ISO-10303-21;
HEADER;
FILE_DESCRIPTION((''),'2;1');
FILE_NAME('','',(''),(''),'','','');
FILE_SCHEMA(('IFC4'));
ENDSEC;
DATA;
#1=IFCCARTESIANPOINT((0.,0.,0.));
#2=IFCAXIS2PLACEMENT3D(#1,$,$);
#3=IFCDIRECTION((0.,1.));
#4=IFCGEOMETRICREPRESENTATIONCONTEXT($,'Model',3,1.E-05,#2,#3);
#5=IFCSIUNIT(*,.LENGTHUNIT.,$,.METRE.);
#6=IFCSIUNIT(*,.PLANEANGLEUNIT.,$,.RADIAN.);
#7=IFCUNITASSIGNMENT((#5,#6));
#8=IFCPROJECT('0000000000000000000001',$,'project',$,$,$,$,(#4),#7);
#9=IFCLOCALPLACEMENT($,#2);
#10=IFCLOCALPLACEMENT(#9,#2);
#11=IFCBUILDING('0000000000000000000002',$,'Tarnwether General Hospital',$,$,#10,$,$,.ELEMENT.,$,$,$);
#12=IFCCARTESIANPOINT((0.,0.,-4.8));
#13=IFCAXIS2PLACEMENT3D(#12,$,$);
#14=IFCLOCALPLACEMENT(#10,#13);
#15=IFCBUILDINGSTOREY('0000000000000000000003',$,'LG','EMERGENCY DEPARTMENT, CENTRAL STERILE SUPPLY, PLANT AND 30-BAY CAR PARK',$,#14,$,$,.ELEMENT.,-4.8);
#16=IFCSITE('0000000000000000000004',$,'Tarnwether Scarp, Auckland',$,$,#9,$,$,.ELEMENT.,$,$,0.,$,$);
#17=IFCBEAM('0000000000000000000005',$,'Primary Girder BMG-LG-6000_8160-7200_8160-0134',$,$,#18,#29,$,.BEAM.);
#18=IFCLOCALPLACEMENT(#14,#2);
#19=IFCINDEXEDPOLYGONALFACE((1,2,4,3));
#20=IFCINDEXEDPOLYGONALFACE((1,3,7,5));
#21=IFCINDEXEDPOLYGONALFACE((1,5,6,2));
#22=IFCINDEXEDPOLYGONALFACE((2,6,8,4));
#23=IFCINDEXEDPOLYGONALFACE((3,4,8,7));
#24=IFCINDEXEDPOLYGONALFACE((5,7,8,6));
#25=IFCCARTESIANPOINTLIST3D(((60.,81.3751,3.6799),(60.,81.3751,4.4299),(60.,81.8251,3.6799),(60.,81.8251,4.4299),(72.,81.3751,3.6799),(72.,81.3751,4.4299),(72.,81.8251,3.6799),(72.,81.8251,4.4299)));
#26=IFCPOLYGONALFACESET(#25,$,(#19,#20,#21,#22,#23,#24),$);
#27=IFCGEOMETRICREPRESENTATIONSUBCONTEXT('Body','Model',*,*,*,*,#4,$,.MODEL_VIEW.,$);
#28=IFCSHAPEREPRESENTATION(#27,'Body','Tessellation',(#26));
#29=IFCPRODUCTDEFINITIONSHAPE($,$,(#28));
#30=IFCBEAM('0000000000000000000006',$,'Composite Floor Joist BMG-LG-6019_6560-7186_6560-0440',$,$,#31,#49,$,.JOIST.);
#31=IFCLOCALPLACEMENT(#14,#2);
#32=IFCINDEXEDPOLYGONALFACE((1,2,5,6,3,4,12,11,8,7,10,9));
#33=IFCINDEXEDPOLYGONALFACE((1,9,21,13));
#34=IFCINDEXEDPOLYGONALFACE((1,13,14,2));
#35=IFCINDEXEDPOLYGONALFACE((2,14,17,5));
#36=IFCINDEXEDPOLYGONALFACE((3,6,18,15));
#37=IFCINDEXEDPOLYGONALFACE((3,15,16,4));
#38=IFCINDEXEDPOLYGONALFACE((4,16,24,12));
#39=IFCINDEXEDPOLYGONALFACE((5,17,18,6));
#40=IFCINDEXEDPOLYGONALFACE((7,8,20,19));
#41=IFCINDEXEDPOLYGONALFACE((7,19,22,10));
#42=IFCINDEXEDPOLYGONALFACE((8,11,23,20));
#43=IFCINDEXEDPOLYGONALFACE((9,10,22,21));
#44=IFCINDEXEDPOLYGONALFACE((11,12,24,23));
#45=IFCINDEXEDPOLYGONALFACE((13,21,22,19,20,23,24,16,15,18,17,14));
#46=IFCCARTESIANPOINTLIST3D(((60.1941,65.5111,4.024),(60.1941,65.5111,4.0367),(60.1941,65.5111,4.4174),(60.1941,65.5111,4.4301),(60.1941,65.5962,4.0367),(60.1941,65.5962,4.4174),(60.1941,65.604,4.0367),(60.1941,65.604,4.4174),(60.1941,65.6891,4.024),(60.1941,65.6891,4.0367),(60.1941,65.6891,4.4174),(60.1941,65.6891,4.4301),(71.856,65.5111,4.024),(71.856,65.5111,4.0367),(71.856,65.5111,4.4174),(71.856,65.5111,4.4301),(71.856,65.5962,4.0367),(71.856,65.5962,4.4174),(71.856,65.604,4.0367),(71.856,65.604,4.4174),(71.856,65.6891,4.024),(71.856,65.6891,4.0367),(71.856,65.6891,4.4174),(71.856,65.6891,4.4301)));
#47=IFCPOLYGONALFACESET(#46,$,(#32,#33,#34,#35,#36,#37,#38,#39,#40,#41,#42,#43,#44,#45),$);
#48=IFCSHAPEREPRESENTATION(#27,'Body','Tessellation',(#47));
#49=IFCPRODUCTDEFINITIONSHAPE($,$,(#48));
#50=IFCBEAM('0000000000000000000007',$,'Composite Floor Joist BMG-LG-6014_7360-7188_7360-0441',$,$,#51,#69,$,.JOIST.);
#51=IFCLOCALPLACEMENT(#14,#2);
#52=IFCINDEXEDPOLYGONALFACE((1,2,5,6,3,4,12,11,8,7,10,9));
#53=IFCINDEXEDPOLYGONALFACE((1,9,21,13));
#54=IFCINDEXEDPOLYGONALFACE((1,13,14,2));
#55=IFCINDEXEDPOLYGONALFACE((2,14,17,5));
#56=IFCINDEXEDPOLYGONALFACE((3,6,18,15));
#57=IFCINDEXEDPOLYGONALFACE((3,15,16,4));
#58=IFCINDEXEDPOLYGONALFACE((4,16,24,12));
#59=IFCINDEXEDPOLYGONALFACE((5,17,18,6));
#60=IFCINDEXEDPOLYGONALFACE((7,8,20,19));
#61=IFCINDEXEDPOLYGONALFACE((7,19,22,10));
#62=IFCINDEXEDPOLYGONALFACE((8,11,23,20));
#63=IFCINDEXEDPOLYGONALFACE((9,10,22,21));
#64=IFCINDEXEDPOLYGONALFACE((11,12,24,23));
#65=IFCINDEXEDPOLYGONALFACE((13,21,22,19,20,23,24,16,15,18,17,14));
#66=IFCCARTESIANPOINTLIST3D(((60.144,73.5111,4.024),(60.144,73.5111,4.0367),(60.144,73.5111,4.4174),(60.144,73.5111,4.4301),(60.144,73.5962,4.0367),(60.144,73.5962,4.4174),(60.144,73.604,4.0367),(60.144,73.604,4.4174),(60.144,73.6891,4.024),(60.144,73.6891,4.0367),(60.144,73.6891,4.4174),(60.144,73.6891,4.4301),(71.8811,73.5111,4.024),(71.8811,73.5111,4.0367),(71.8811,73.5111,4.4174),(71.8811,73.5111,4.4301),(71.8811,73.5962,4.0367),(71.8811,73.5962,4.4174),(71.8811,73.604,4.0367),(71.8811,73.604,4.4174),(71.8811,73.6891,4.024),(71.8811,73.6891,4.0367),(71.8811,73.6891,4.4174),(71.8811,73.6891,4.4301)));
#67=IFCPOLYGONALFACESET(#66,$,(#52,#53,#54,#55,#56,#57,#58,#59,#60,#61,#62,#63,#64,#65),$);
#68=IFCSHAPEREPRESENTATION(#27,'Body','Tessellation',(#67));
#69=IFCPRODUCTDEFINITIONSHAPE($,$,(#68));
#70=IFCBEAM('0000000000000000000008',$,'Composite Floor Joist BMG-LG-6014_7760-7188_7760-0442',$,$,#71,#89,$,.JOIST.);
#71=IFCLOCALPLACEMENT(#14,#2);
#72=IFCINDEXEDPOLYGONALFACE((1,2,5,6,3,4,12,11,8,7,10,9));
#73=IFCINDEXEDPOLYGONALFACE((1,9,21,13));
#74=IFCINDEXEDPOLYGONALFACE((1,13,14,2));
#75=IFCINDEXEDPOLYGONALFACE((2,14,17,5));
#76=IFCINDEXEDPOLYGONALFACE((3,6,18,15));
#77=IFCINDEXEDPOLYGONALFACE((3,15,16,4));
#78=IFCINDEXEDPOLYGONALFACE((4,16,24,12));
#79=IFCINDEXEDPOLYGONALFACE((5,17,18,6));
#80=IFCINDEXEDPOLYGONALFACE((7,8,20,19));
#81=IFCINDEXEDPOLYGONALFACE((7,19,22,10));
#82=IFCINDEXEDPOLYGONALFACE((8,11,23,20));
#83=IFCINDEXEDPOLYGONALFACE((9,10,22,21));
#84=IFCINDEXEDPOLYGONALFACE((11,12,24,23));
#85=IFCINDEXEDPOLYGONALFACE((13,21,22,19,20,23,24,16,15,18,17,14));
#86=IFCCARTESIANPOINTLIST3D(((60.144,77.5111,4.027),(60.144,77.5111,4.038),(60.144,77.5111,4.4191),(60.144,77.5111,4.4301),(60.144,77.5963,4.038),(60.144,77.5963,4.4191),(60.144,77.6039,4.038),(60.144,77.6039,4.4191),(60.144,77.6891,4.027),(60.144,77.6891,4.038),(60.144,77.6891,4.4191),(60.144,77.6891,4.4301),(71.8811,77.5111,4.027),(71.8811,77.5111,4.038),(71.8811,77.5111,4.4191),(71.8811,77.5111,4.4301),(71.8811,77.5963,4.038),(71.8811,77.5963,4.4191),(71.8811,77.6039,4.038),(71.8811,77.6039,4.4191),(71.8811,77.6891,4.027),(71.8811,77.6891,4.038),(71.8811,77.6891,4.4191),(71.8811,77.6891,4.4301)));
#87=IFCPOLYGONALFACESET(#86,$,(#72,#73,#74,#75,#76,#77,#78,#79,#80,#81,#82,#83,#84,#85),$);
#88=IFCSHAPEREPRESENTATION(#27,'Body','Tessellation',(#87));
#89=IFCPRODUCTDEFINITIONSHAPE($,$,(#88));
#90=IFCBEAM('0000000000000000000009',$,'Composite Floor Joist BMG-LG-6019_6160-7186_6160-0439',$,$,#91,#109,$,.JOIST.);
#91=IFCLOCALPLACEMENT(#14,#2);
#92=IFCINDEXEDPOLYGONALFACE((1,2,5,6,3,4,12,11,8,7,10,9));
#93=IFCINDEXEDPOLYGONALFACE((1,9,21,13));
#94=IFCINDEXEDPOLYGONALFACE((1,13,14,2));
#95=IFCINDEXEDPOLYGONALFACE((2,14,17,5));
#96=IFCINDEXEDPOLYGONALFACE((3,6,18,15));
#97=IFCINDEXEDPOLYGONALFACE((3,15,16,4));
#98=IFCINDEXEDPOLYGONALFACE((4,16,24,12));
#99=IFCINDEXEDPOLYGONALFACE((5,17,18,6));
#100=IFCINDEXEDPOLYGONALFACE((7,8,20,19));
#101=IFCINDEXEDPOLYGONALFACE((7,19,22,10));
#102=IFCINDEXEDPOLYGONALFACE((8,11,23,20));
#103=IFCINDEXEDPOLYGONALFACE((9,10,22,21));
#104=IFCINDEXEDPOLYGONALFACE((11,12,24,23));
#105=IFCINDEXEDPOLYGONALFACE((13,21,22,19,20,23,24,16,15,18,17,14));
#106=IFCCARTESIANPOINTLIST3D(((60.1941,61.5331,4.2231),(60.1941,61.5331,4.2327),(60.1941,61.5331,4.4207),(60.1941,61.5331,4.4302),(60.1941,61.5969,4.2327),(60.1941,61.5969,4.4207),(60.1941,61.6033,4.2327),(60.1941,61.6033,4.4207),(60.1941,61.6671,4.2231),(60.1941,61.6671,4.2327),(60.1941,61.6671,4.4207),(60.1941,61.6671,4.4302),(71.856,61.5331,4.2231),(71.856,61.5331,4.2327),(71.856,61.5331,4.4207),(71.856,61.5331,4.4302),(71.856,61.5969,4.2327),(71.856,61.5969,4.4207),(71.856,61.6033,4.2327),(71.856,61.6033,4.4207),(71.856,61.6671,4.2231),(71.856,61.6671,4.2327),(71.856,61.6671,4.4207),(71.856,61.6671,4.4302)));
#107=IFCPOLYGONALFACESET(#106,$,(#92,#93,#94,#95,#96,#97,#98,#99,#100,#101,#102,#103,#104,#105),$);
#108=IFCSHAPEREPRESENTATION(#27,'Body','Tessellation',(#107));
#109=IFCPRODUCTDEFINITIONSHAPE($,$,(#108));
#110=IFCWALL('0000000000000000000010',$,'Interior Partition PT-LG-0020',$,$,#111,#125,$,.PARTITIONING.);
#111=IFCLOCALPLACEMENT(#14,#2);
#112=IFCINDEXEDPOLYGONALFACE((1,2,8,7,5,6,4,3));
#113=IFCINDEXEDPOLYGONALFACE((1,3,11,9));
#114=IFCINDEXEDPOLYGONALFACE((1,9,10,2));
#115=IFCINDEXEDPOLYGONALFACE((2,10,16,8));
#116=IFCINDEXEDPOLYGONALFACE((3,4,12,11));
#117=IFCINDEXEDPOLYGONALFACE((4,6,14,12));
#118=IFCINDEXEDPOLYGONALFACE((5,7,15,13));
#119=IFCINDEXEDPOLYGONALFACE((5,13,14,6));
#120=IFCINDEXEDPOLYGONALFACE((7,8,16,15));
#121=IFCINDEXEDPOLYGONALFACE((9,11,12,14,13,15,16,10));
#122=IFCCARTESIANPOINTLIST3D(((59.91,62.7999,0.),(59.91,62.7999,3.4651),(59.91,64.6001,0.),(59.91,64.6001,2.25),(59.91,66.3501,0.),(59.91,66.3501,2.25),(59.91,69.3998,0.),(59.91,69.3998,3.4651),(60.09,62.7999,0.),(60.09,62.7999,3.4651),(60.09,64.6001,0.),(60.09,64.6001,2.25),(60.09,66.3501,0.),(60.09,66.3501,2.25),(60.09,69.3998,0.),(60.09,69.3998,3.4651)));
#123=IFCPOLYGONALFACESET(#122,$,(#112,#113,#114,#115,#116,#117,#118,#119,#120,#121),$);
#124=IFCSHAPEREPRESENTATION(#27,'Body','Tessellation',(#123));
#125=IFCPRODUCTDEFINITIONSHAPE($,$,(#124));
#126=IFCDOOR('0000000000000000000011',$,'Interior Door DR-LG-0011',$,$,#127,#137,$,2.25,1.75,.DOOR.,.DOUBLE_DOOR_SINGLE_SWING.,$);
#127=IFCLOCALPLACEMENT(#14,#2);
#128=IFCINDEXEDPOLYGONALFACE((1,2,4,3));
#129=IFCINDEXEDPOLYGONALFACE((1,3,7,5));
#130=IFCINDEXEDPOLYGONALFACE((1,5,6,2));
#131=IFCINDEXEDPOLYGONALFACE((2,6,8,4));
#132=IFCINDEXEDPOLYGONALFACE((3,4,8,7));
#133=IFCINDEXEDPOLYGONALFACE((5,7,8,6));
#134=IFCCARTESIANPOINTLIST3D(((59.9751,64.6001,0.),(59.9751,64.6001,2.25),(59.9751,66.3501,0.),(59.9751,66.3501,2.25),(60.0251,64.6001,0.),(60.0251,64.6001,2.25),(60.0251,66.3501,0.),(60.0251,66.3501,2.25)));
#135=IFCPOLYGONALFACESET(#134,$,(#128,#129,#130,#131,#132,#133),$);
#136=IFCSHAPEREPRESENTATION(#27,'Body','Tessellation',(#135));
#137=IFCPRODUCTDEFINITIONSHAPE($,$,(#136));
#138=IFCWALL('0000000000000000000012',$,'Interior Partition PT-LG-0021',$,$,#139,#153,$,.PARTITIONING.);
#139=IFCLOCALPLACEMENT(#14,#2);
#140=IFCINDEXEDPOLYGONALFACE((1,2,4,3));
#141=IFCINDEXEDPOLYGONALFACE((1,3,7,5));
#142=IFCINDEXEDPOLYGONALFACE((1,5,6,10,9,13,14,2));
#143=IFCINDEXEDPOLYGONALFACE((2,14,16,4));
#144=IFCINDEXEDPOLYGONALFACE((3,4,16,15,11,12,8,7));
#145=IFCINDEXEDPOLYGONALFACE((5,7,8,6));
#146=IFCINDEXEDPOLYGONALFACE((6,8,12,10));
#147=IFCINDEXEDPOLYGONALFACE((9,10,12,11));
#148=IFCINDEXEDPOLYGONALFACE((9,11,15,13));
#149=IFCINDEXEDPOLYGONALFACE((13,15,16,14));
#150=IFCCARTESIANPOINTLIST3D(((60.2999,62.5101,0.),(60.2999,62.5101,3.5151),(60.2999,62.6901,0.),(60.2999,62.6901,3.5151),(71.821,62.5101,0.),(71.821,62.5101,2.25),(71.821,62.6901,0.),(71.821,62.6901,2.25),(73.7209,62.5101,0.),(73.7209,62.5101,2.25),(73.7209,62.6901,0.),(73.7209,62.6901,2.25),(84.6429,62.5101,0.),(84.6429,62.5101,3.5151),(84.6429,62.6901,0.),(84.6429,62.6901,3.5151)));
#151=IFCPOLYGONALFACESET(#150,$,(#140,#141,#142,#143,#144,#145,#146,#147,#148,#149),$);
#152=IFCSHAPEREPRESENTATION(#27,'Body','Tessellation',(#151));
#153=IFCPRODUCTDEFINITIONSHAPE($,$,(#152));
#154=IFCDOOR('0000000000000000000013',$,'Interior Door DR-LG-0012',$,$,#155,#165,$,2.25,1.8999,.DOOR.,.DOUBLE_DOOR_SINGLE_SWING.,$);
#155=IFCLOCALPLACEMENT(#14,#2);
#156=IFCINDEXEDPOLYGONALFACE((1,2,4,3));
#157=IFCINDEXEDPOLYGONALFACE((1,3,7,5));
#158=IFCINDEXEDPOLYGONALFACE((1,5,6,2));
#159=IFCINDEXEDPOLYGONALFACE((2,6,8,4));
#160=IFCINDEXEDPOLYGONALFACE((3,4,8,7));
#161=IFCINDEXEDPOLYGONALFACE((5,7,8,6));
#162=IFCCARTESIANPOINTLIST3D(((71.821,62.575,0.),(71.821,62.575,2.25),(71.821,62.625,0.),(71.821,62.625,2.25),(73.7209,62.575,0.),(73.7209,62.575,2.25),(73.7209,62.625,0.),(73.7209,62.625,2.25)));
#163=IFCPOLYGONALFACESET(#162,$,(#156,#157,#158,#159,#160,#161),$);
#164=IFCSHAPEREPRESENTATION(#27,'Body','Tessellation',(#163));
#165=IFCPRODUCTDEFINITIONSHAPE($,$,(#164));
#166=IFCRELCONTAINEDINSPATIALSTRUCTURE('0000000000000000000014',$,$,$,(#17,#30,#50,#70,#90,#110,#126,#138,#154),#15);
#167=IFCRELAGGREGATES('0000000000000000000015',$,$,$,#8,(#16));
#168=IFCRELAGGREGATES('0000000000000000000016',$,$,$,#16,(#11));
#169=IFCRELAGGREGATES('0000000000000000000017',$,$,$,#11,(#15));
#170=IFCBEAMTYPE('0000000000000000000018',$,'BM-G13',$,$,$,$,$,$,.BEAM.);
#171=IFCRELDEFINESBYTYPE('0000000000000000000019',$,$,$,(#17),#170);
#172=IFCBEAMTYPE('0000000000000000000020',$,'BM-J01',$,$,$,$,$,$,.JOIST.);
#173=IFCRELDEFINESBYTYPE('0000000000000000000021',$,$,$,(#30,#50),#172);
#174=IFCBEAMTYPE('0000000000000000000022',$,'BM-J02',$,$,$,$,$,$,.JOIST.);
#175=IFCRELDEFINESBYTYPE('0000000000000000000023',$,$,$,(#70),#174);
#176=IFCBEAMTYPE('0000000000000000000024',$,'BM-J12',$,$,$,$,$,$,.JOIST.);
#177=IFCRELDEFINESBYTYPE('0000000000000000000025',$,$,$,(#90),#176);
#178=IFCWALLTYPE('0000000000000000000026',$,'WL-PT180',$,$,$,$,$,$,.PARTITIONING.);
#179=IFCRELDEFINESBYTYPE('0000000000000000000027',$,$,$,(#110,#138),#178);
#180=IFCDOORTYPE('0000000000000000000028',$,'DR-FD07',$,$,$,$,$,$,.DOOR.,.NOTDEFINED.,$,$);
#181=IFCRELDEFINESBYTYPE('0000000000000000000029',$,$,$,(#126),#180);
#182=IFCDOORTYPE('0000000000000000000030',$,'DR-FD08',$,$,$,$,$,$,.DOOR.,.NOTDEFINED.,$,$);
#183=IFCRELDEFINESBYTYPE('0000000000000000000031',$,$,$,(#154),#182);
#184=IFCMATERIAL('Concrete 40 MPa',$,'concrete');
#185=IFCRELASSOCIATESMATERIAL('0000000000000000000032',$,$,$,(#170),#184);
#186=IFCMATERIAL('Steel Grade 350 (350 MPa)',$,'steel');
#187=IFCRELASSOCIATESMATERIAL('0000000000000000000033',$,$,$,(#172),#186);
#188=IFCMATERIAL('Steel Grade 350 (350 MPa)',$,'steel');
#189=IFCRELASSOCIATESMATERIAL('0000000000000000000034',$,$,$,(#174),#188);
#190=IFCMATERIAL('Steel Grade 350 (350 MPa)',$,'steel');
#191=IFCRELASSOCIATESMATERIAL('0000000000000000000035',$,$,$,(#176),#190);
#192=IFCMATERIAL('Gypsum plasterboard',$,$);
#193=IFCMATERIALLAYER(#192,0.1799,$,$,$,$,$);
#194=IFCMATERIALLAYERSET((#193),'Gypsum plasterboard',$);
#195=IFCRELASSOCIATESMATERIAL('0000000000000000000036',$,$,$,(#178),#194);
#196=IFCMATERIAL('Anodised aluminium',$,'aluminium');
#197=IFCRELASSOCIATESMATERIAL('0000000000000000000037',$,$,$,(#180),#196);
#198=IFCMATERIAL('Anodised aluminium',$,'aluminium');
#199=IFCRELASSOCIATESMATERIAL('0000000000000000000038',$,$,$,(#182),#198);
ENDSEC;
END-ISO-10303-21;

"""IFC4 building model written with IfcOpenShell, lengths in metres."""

from ifc_helpers import new_model, si_unit, direction, frame, frame_2d, origin, origin_2d, place, context, subcontext, project, spatial, rectangle, i_section, extrude, material, layer, layer_set, material_profile, profile_set, type_object, element, fill, save


model = new_model("IFC4")

# Units and contexts
model_context = context("Model", 3, precision=1e-05, world=origin(), true_north=direction((0.0, 1.0)))
body_context = subcontext(model_context, "Body", "Model", "MODEL_VIEW")
ifc_project = project(units=[si_unit("LENGTHUNIT", "METRE"), si_unit("PLANEANGLEUNIT", "RADIAN")], contexts=[model_context])

# Site, building, storey
site_placement = place(None, origin())
site = spatial("IfcSite", under=ifc_project, at=site_placement, Name="Tarnwether Scarp, Auckland", CompositionType="ELEMENT", RefElevation=0.0)
building_placement = place(site_placement, origin())
building = spatial("IfcBuilding", under=site, at=building_placement, Name="Tarnwether General Hospital", CompositionType="ELEMENT")
storey_placement = place(building_placement, frame((0.0, 0.0, -4.8)))
storey = spatial("IfcBuildingStorey", under=building, at=storey_placement, Name="LG", Description="EMERGENCY DEPARTMENT, CENTRAL STERILE SUPPLY, PLANT AND 30-BAY CAR PARK", CompositionType="ELEMENT", Elevation=-4.8)

# Beams
ifc_material_1 = material(Name="Concrete 40 MPa", Category="concrete")
ifc_material_profile_1 = material_profile(ifc_material_1, rectangle(XDim=0.45, YDim=0.75, at=origin_2d()), Name="RC-BM-450x750")
ifc_profile_set_1 = profile_set([ifc_material_profile_1], Name="Concrete 40 MPa")
beam_type_1 = type_object("IfcBeamType", Name="BM-G13", PredefinedType="BEAM", material=ifc_profile_set_1)
beam_1_placement = place(storey_placement, frame((60.0, 81.6001, 4.0549), z_axis=(1.0, 0.0, 0.0), x_axis=(0.0, 1.0, 0.0)))
element("IfcBeam", 1, at=beam_1_placement, inside=storey, type_object=beam_type_1, Name="Primary Girder BMG-LG-6000_8160-7200_8160-0134", PredefinedType="BEAM", context=body_context, shape_type="SweptSolid", body=[
    extrude(rectangle(XDim=0.45, YDim=0.75, at=origin_2d()), origin(), (0.0, 0.0, 1.0), 12.0),
])
ifc_material_2 = material(Name="Steel Grade 350 (350 MPa)", Category="steel")
ifc_material_profile_2 = material_profile(ifc_material_2, i_section(OverallWidth=0.178, OverallDepth=0.406, WebThickness=0.0078, FlangeThickness=0.0127, at=origin_2d()), Name="410UB59.7")
ifc_profile_set_2 = profile_set([ifc_material_profile_2], Name="Steel Grade 350 (350 MPa)")
beam_type_2 = type_object("IfcBeamType", Name="BM-J01", PredefinedType="JOIST", material=ifc_profile_set_2)
beam_2_placement = place(storey_placement, frame((60.1941, 65.6001, 4.2271), z_axis=(1.0, 0.0, 0.0), x_axis=(0.0, 1.0, 0.0)))
element("IfcBeam", 2, at=beam_2_placement, inside=storey, type_object=beam_type_2, Name="Composite Floor Joist BMG-LG-6019_6560-7186_6560-0440", PredefinedType="JOIST", context=body_context, shape_type="SweptSolid", body=[
    extrude(i_section(OverallWidth=0.178, OverallDepth=0.406, WebThickness=0.0078, FlangeThickness=0.0127, at=origin_2d()), origin(), (0.0, 0.0, 1.0), 11.6619),
])
beam_3_placement = place(storey_placement, frame((60.144, 73.6001, 4.2271), z_axis=(1.0, 0.0, 0.0), x_axis=(0.0, 1.0, 0.0)))
element("IfcBeam", 3, at=beam_3_placement, inside=storey, type_object=beam_type_2, Name="Composite Floor Joist BMG-LG-6014_7360-7188_7360-0441", PredefinedType="JOIST", context=body_context, shape_type="SweptSolid", body=[
    extrude(i_section(OverallWidth=0.178, OverallDepth=0.406, WebThickness=0.0078, FlangeThickness=0.0127, at=origin_2d()), origin(), (0.0, 0.0, 1.0), 11.7371),
])
ifc_material_3 = material(Name="Steel Grade 350 (350 MPa)", Category="steel")
ifc_material_profile_3 = material_profile(ifc_material_3, i_section(OverallWidth=0.178, OverallDepth=0.4031, WebThickness=0.0076, FlangeThickness=0.011, at=origin_2d()), Name="410UB53.7")
ifc_profile_set_3 = profile_set([ifc_material_profile_3], Name="Steel Grade 350 (350 MPa)")
beam_type_3 = type_object("IfcBeamType", Name="BM-J02", PredefinedType="JOIST", material=ifc_profile_set_3)
beam_4_placement = place(storey_placement, frame((60.144, 77.6001, 4.2285), z_axis=(1.0, 0.0, 0.0), x_axis=(0.0, 1.0, 0.0)))
element("IfcBeam", 4, at=beam_4_placement, inside=storey, type_object=beam_type_3, Name="Composite Floor Joist BMG-LG-6014_7760-7188_7760-0442", PredefinedType="JOIST", context=body_context, shape_type="SweptSolid", body=[
    extrude(i_section(OverallWidth=0.178, OverallDepth=0.4031, WebThickness=0.0076, FlangeThickness=0.011, at=origin_2d()), origin(), (0.0, 0.0, 1.0), 11.7371),
])
ifc_material_4 = material(Name="Steel Grade 350 (350 MPa)", Category="steel")
ifc_material_profile_4 = material_profile(ifc_material_4, i_section(OverallWidth=0.134, OverallDepth=0.207, WebThickness=0.0063, FlangeThickness=0.0095, at=origin_2d()), Name="200UB29.8")
ifc_profile_set_4 = profile_set([ifc_material_profile_4], Name="Steel Grade 350 (350 MPa)")
beam_type_4 = type_object("IfcBeamType", Name="BM-J12", PredefinedType="JOIST", material=ifc_profile_set_4)
beam_5_placement = place(storey_placement, frame((60.1941, 61.6001, 4.3267), z_axis=(1.0, 0.0, 0.0), x_axis=(0.0, 1.0, 0.0)))
element("IfcBeam", 5, at=beam_5_placement, inside=storey, type_object=beam_type_4, Name="Composite Floor Joist BMG-LG-6019_6160-7186_6160-0439", PredefinedType="JOIST", context=body_context, shape_type="SweptSolid", body=[
    extrude(i_section(OverallWidth=0.134, OverallDepth=0.207, WebThickness=0.0063, FlangeThickness=0.0095, at=origin_2d()), origin(), (0.0, 0.0, 1.0), 11.6619),
])

# Walls, openings, doors
ifc_material_5 = material(Name="Gypsum plasterboard")
ifc_layer = layer(ifc_material_5, 0.1799)
ifc_layer_set = layer_set([ifc_layer], Name="Gypsum plasterboard")
wall_type = type_object("IfcWallType", Name="WL-PT180", PredefinedType="PARTITIONING", material=ifc_layer_set)
wall_1_placement = place(storey_placement, frame((60.0, 62.8, 0.0), z_axis=(0.0, 0.0, 1.0), x_axis=(0.0, 1.0, 0.0)))
wall_1 = element("IfcWall", 6, at=wall_1_placement, inside=storey, type_object=wall_type, Name="Interior Partition PT-LG-0020", PredefinedType="PARTITIONING", context=body_context, shape_type="SweptSolid", body=[
    extrude(rectangle(XDim=6.5999, YDim=0.1799, at=frame_2d((3.2998, 0.0))), origin(), (0.0, 0.0, 1.0), 3.4651),
])
opening_1_placement = place(wall_1_placement, frame((1.8, 0.0, 0.0)))
opening_1 = element("IfcOpeningElement", 7, at=opening_1_placement, cuts=wall_1, PredefinedType="OPENING", context=body_context, shape_type="SweptSolid", body=[
    extrude(rectangle(XDim=1.75, YDim=2.25, at=frame_2d((0.875, 1.125))), frame((0.0, 0.1001, 0.0), z_axis=(0.0, -1.0, 0.0), x_axis=(1.0, 0.0, 0.0)), (0.0, 0.0, 1.0), 0.2),
])
ifc_material_6 = material(Name="Anodised aluminium", Category="aluminium")
door_type_1 = type_object("IfcDoorType", Name="DR-FD07", OperationType="NOTDEFINED", PredefinedType="DOOR", material=ifc_material_6)
door_1_placement = place(opening_1_placement, origin())
door_1 = element("IfcDoor", 8, at=door_1_placement, inside=storey, type_object=door_type_1, Name="Interior Door DR-LG-0011", OperationType="DOUBLE_DOOR_SINGLE_SWING", OverallHeight=2.25, OverallWidth=1.75, PredefinedType="DOOR", context=body_context, shape_type="SweptSolid", body=[
    extrude(rectangle(XDim=1.75, YDim=2.25, at=frame_2d((0.875, 1.125))), frame((0.0, 0.0249, 0.0), z_axis=(0.0, -1.0, 0.0), x_axis=(1.0, 0.0, 0.0)), (0.0, 0.0, 1.0), 0.05),
])
fill(opening_1, door_1)
wall_2_placement = place(storey_placement, frame((60.3, 62.6001, 0.0), z_axis=(0.0, 0.0, 1.0), x_axis=(1.0, 0.0, 0.0)))
wall_2 = element("IfcWall", 9, at=wall_2_placement, inside=storey, type_object=wall_type, Name="Interior Partition PT-LG-0021", PredefinedType="PARTITIONING", context=body_context, shape_type="SweptSolid", body=[
    extrude(rectangle(XDim=24.343, YDim=0.1799, at=frame_2d((12.1714, 0.0))), origin(), (0.0, 0.0, 1.0), 3.5151),
])
opening_2_placement = place(wall_2_placement, frame((11.521, 0.0, 0.0)))
opening_2 = element("IfcOpeningElement", 10, at=opening_2_placement, cuts=wall_2, PredefinedType="OPENING", context=body_context, shape_type="SweptSolid", body=[
    extrude(rectangle(XDim=1.8999, YDim=2.25, at=frame_2d((0.95, 1.125))), frame((0.0, 0.1001, 0.0), z_axis=(0.0, -1.0, 0.0), x_axis=(1.0, 0.0, 0.0)), (0.0, 0.0, 1.0), 0.2),
])
ifc_material_7 = material(Name="Anodised aluminium", Category="aluminium")
door_type_2 = type_object("IfcDoorType", Name="DR-FD08", OperationType="NOTDEFINED", PredefinedType="DOOR", material=ifc_material_7)
door_2_placement = place(opening_2_placement, origin())
door_2 = element("IfcDoor", 11, at=door_2_placement, inside=storey, type_object=door_type_2, Name="Interior Door DR-LG-0012", OperationType="DOUBLE_DOOR_SINGLE_SWING", OverallHeight=2.25, OverallWidth=1.8999, PredefinedType="DOOR", context=body_context, shape_type="SweptSolid", body=[
    extrude(rectangle(XDim=1.8999, YDim=2.25, at=frame_2d((0.95, 1.125))), frame((0.0, 0.0249, 0.0), z_axis=(0.0, -1.0, 0.0), x_axis=(1.0, 0.0, 0.0)), (0.0, 0.0, 1.0), 0.05),
])
fill(opening_2, door_2)

save(model, "model.ifc")
